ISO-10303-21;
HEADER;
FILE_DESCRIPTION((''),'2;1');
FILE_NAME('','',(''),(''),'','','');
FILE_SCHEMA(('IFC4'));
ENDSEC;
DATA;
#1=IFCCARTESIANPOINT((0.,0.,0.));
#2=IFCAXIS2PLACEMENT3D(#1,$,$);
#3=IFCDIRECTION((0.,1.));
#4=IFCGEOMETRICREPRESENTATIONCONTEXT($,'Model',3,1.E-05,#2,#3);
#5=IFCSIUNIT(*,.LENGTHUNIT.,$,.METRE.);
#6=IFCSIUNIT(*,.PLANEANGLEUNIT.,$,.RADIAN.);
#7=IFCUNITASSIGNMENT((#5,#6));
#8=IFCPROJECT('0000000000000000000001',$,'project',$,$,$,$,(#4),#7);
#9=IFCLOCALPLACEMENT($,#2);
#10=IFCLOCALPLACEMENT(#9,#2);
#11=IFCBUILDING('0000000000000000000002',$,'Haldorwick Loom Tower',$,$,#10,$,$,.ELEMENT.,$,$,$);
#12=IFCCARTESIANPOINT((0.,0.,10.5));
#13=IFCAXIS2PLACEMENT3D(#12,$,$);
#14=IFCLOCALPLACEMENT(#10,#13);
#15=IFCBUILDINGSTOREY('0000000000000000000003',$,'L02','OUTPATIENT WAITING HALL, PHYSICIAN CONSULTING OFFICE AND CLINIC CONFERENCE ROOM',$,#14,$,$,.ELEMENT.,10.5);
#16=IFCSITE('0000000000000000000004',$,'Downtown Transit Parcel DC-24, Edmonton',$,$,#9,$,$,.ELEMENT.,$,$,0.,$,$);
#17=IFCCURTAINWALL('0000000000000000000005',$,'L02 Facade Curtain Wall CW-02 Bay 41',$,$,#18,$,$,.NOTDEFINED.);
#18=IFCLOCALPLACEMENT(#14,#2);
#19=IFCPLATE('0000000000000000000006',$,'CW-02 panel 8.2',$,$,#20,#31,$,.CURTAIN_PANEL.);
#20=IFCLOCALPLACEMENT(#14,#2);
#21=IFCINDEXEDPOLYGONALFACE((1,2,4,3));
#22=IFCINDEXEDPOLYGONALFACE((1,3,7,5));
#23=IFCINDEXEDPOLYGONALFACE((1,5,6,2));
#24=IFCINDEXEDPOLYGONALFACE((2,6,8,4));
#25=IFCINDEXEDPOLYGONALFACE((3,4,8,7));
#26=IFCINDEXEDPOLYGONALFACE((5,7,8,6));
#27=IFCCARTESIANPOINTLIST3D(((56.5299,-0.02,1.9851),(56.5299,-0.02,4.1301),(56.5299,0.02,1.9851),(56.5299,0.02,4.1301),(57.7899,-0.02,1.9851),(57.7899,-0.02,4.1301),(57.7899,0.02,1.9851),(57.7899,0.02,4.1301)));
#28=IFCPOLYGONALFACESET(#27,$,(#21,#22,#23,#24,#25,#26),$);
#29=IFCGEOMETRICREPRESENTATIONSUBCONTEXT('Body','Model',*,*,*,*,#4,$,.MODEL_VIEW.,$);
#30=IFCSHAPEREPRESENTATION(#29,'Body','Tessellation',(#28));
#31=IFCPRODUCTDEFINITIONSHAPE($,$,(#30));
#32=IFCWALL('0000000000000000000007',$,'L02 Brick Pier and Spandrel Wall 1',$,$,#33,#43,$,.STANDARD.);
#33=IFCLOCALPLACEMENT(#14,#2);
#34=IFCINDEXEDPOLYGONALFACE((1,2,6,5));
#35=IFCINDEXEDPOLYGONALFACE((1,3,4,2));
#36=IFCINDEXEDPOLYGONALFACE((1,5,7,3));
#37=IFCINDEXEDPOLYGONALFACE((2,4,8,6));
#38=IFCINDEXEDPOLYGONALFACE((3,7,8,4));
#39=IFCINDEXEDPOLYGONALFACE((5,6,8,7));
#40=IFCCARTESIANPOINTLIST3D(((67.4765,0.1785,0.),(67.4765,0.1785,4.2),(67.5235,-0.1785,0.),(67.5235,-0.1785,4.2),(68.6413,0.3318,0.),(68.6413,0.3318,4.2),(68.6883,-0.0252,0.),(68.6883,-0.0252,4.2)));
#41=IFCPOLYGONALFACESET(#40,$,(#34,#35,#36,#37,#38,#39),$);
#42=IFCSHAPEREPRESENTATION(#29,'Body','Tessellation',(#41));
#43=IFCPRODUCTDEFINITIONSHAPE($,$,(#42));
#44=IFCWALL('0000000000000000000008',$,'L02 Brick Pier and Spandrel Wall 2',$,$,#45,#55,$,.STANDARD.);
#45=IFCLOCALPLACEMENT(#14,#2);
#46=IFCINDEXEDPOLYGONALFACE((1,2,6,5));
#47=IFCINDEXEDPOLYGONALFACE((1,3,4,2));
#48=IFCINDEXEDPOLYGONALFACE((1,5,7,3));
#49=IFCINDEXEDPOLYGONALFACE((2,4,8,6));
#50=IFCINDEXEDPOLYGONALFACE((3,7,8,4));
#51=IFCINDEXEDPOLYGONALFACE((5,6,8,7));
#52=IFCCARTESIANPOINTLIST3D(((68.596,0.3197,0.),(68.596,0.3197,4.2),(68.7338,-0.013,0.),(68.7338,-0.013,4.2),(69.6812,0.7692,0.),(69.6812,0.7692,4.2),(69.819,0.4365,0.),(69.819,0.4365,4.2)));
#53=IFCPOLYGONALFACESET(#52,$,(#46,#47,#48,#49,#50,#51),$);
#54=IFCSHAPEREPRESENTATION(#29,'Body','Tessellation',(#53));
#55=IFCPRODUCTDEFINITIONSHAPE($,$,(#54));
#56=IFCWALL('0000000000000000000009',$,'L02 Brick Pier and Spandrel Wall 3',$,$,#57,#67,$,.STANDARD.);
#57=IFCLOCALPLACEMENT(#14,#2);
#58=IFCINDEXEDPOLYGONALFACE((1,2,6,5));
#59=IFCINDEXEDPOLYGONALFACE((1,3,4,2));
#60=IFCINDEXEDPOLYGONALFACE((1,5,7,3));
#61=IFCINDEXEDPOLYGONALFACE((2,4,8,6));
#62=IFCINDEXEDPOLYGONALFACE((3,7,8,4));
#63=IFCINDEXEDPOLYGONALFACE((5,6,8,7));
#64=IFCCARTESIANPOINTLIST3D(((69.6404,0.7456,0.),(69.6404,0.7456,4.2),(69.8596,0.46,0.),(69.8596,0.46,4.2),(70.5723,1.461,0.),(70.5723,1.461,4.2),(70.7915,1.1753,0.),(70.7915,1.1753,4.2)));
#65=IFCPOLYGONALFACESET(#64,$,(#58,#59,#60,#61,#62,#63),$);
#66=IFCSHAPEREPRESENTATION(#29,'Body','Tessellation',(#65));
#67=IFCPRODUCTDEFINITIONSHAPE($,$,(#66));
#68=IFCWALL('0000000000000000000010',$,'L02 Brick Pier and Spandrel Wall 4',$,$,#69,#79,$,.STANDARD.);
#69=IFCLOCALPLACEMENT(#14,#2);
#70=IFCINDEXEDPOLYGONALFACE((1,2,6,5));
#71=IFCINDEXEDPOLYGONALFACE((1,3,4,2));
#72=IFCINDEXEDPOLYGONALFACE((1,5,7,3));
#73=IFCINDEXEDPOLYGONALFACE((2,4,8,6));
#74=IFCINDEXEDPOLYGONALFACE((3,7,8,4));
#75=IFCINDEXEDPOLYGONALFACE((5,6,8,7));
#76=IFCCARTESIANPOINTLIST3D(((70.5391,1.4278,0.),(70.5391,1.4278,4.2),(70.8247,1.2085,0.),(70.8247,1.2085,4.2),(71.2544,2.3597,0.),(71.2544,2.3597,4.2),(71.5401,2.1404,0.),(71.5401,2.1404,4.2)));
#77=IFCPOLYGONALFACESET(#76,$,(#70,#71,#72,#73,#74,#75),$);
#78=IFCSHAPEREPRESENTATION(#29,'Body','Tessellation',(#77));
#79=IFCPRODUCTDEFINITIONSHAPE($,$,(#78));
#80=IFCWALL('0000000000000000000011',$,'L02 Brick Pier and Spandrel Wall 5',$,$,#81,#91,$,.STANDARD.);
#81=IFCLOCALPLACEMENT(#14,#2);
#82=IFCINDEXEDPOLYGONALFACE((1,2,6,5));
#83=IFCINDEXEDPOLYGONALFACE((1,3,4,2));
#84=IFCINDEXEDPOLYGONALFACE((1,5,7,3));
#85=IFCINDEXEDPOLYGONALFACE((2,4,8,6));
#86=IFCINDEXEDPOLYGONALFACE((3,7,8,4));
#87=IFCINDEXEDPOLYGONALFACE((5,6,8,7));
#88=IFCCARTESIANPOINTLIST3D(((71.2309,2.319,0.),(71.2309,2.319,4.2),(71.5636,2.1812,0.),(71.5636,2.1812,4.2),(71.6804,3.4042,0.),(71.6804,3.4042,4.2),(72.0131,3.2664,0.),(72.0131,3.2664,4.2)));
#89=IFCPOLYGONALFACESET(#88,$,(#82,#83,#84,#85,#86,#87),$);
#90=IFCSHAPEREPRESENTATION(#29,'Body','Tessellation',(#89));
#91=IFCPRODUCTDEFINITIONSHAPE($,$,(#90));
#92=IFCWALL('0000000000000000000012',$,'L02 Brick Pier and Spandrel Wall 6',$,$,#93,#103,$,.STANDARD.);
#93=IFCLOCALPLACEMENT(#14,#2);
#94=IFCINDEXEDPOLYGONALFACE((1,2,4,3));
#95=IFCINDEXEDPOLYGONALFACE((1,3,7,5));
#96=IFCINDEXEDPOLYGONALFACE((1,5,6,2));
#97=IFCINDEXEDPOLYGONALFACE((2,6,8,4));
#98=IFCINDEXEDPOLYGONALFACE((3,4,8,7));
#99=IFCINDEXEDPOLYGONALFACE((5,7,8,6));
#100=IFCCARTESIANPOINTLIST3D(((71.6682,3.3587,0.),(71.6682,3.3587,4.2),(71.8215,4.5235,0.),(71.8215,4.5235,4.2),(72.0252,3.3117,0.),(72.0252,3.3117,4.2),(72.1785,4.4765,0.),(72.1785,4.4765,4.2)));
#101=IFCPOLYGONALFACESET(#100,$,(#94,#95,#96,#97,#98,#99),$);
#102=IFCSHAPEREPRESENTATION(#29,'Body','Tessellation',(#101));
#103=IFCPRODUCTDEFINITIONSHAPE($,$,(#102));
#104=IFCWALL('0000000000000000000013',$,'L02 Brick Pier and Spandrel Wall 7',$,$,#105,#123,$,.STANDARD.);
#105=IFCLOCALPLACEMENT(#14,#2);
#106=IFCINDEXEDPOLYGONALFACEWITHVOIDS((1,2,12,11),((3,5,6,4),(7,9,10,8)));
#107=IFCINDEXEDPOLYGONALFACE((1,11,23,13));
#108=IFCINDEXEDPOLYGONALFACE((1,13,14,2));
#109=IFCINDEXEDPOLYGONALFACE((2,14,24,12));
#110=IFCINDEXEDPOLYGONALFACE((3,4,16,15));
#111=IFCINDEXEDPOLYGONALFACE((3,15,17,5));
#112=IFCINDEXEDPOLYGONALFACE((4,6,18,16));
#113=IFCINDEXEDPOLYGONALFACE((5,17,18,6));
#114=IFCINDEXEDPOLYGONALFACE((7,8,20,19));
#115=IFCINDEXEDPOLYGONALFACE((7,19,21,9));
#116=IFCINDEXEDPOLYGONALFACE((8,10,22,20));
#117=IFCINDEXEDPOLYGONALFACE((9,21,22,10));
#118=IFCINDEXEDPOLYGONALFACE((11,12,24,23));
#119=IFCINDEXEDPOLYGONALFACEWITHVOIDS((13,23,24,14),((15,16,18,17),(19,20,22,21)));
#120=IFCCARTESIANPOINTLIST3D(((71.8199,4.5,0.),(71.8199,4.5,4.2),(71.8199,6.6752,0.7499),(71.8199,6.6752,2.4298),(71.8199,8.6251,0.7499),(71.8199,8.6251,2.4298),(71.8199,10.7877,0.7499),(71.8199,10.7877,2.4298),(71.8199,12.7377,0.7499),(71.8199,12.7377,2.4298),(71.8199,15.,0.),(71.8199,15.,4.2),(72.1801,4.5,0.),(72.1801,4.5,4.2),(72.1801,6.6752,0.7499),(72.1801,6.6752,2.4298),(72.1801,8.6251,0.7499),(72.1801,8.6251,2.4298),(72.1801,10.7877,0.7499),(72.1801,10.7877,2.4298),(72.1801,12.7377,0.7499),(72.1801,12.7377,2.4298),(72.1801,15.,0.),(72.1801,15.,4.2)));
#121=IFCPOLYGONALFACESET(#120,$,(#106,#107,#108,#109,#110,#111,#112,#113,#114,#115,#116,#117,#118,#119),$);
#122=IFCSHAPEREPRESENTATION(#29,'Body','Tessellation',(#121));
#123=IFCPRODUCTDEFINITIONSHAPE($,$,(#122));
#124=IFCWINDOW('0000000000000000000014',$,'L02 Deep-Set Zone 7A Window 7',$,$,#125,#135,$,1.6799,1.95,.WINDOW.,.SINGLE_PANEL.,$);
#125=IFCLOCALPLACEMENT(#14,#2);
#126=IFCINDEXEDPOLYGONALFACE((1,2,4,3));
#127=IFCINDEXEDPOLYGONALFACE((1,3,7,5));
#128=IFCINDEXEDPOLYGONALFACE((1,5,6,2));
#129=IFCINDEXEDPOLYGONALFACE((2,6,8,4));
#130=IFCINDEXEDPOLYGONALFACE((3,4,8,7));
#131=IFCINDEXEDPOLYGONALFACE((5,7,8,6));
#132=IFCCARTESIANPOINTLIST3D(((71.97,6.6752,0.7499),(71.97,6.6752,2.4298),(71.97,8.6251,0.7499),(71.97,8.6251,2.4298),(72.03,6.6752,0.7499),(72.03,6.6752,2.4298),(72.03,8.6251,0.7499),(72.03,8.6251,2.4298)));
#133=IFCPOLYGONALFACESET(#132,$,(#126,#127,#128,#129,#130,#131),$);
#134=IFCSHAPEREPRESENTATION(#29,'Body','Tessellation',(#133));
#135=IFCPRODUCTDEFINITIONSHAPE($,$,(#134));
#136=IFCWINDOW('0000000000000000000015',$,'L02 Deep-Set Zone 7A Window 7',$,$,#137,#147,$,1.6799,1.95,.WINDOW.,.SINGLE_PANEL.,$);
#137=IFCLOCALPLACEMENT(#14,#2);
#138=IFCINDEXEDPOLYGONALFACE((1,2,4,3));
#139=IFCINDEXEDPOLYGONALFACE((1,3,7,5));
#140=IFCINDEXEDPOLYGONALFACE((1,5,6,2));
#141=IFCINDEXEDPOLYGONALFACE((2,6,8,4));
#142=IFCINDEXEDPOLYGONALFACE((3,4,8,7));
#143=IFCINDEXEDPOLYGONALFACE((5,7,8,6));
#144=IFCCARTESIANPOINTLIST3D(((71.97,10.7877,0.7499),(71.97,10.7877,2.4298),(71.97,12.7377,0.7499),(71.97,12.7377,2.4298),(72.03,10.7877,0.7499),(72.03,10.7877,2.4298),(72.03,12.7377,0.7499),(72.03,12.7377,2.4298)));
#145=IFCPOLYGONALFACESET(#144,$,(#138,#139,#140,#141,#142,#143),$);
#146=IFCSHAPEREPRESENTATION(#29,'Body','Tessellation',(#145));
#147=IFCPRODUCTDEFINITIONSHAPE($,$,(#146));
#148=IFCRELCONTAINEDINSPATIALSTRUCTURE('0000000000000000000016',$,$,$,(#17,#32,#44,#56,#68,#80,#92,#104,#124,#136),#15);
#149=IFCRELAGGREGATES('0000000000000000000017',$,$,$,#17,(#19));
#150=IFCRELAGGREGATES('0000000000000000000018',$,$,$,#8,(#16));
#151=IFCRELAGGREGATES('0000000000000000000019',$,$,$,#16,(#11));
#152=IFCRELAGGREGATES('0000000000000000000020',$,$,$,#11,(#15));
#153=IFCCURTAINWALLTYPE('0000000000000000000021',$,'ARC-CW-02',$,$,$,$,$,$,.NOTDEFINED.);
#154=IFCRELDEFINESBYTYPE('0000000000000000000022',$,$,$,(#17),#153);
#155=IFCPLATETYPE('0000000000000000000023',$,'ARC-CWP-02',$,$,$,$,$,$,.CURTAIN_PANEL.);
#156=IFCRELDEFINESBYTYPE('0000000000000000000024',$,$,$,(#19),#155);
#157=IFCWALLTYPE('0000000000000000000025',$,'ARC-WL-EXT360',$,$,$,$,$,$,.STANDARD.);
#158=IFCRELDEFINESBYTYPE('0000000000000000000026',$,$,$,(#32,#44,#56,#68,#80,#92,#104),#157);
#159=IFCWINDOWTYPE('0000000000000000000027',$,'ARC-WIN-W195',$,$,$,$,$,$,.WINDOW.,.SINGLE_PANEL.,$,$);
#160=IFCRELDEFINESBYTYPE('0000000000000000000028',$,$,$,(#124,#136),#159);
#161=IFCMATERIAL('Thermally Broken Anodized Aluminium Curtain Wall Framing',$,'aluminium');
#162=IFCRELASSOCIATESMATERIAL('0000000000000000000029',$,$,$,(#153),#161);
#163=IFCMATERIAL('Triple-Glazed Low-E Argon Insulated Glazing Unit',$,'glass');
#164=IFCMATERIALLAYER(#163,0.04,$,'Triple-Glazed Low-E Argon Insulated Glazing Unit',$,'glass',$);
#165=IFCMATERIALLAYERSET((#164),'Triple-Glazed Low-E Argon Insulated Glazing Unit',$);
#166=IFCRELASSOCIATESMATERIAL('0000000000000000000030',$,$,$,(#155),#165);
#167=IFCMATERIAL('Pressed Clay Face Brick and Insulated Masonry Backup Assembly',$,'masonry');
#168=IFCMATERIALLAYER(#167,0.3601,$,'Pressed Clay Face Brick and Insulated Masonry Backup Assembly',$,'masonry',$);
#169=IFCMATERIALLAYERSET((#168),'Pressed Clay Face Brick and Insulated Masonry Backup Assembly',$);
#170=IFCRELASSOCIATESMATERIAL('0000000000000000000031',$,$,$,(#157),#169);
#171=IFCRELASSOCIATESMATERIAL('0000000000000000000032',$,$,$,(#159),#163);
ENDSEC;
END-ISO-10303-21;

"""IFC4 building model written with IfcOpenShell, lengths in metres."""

from ifc_helpers import new_model, si_unit, direction, frame, frame_2d, origin, origin_2d, place, context, subcontext, project, spatial, rectangle, extrude, material, layer, layer_set, type_object, element, fill, aggregate, save


model = new_model("IFC4")

# Units and contexts
model_context = context("Model", 3, precision=1e-05, world=origin(), true_north=direction((0.0, 1.0)))
body_context = subcontext(model_context, "Body", "Model", "MODEL_VIEW")
ifc_project = project(units=[si_unit("LENGTHUNIT", "METRE"), si_unit("PLANEANGLEUNIT", "RADIAN")], contexts=[model_context])

# Site, building, storey
site_placement = place(None, origin())
site = spatial("IfcSite", under=ifc_project, at=site_placement, Name="Downtown Transit Parcel DC-24, Edmonton", CompositionType="ELEMENT", RefElevation=0.0)
building_placement = place(site_placement, origin())
building = spatial("IfcBuilding", under=site, at=building_placement, Name="Haldorwick Loom Tower", CompositionType="ELEMENT")
storey_placement = place(building_placement, frame((0.0, 0.0, 10.5)))
storey = spatial("IfcBuildingStorey", under=building, at=storey_placement, Name="L02", Description="OUTPATIENT WAITING HALL, PHYSICIAN CONSULTING OFFICE AND CLINIC CONFERENCE ROOM", CompositionType="ELEMENT", Elevation=10.5)

# Curtain wall, plate
ifc_material_1 = material(Name="Thermally Broken Anodized Aluminium Curtain Wall Framing", Category="aluminium")
curtain_wall_type = type_object("IfcCurtainWallType", Name="ARC-CW-02", PredefinedType="NOTDEFINED", material=ifc_material_1)
curtain_wall_placement = place(storey_placement, origin())
curtain_wall = element("IfcCurtainWall", 1, at=curtain_wall_placement, inside=storey, type_object=curtain_wall_type, Name="L02 Facade Curtain Wall CW-02 Bay 41", PredefinedType="NOTDEFINED")
ifc_material_2 = material(Name="Triple-Glazed Low-E Argon Insulated Glazing Unit", Category="glass")
ifc_layer_1 = layer(ifc_material_2, 0.04, Name="Triple-Glazed Low-E Argon Insulated Glazing Unit", Category="glass")
ifc_layer_set_1 = layer_set([ifc_layer_1], Name="Triple-Glazed Low-E Argon Insulated Glazing Unit")
plate_type = type_object("IfcPlateType", Name="ARC-CWP-02", PredefinedType="CURTAIN_PANEL", material=ifc_layer_set_1)
plate_1_placement = place(storey_placement, frame((57.1599, 0.0, 1.9851), z_axis=(0.0, 0.0, 1.0), x_axis=(1.0, 0.0, 0.0)))
plate_1 = element("IfcPlate", 2, at=plate_1_placement, type_object=plate_type, Name="CW-02 panel 8.2", PredefinedType="CURTAIN_PANEL", context=body_context, shape_type="SweptSolid", body=[
    extrude(rectangle(XDim=1.26, YDim=0.04, at=origin_2d()), origin(), (0.0, 0.0, 1.0), 2.145),
])
aggregate(curtain_wall, [plate_1])

# Walls
ifc_material_3 = material(Name="Pressed Clay Face Brick and Insulated Masonry Backup Assembly", Category="masonry")
ifc_layer_2 = layer(ifc_material_3, 0.3601, Name="Pressed Clay Face Brick and Insulated Masonry Backup Assembly", Category="masonry")
ifc_layer_set_2 = layer_set([ifc_layer_2], Name="Pressed Clay Face Brick and Insulated Masonry Backup Assembly")
wall_type = type_object("IfcWallType", Name="ARC-WL-EXT360", PredefinedType="STANDARD", material=ifc_layer_set_2)
wall_1_placement = place(storey_placement, frame((67.5, 0.0, 0.0), z_axis=(0.0, 0.0, 1.0), x_axis=(0.991448, 0.130503, 0.0)))
element("IfcWall", 3, at=wall_1_placement, inside=storey, type_object=wall_type, Name="L02 Brick Pier and Spandrel Wall 1", PredefinedType="STANDARD", context=body_context, shape_type="SweptSolid", body=[
    extrude(rectangle(XDim=1.1748, YDim=0.3601, at=frame_2d((0.5874, 0.0))), origin(), (0.0, 0.0, 1.0), 4.2),
])
wall_2_placement = place(storey_placement, frame((68.6648, 0.1533, 0.0), z_axis=(0.0, 0.0, 1.0), x_axis=(0.923893, 0.382652, 0.0)))
element("IfcWall", 4, at=wall_2_placement, inside=storey, type_object=wall_type, Name="L02 Brick Pier and Spandrel Wall 2", PredefinedType="STANDARD", context=body_context, shape_type="SweptSolid", body=[
    extrude(rectangle(XDim=1.1746, YDim=0.3601, at=frame_2d((0.5874, 0.0))), origin(), (0.0, 0.0, 1.0), 4.2),
])
for number, where, z_axis, x_axis, name in (
    (5, (69.75, 0.6028, 0.0), (0.0, 0.0, 1.0), (0.793242, 0.608907, 0.0), "L02 Brick Pier and Spandrel Wall 3"),
    (6, (70.6819, 1.3181, 0.0), (0.0, 0.0, 1.0), (0.608907, 0.793242, 0.0), "L02 Brick Pier and Spandrel Wall 4"),
):
    element("IfcWall", number, at=place(storey_placement, frame(where, z_axis=z_axis, x_axis=x_axis)), inside=storey, type_object=wall_type, Name=name, PredefinedType="STANDARD", context=body_context, shape_type="SweptSolid", body=[
        extrude(rectangle(XDim=1.1748, YDim=0.3601, at=frame_2d((0.5874, 0.0))), origin(), (0.0, 0.0, 1.0), 4.2),
    ])
wall_3_placement = place(storey_placement, frame((71.3972, 2.25, 0.0), z_axis=(0.0, 0.0, 1.0), x_axis=(0.382652, 0.923893, 0.0)))
element("IfcWall", 7, at=wall_3_placement, inside=storey, type_object=wall_type, Name="L02 Brick Pier and Spandrel Wall 5", PredefinedType="STANDARD", context=body_context, shape_type="SweptSolid", body=[
    extrude(rectangle(XDim=1.1746, YDim=0.3601, at=frame_2d((0.5874, 0.0))), origin(), (0.0, 0.0, 1.0), 4.2),
])
wall_4_placement = place(storey_placement, frame((71.8467, 3.3352, 0.0), z_axis=(0.0, 0.0, 1.0), x_axis=(0.130503, 0.991448, 0.0)))
element("IfcWall", 8, at=wall_4_placement, inside=storey, type_object=wall_type, Name="L02 Brick Pier and Spandrel Wall 6", PredefinedType="STANDARD", context=body_context, shape_type="SweptSolid", body=[
    extrude(rectangle(XDim=1.1748, YDim=0.3601, at=frame_2d((0.5874, 0.0))), origin(), (0.0, 0.0, 1.0), 4.2),
])

# Wall, openings, windows
wall_5_placement = place(storey_placement, frame((72.0, 4.5, 0.0), z_axis=(0.0, 0.0, 1.0), x_axis=(0.0, 1.0, 0.0)))
wall_5 = element("IfcWall", 9, at=wall_5_placement, inside=storey, type_object=wall_type, Name="L02 Brick Pier and Spandrel Wall 7", PredefinedType="STANDARD", context=body_context, shape_type="SweptSolid", body=[
    extrude(rectangle(XDim=10.5, YDim=0.3601, at=frame_2d((5.25, 0.0))), origin(), (0.0, 0.0, 1.0), 4.2),
])
opening_1_placement = place(wall_5_placement, frame((2.175, 0.0, 0.75)))
opening_1 = element("IfcOpeningElement", 10, at=opening_1_placement, cuts=wall_5, PredefinedType="OPENING", context=body_context, shape_type="SweptSolid", body=[
    extrude(rectangle(XDim=1.95, YDim=1.6799, at=frame_2d((0.9751, 0.8398))), frame((0.0, 0.1899, 0.0), z_axis=(0.0, -1.0, 0.0), x_axis=(1.0, 0.0, 0.0)), (0.0, 0.0, 1.0), 0.3801),
])
opening_2_placement = place(wall_5_placement, frame((6.2876, 0.0, 0.75)))
opening_2 = element("IfcOpeningElement", 11, at=opening_2_placement, cuts=wall_5, PredefinedType="OPENING", context=body_context, shape_type="SweptSolid", body=[
    extrude(rectangle(XDim=1.95, YDim=1.6799, at=frame_2d((0.9751, 0.8398))), frame((0.0, 0.1899, 0.0), z_axis=(0.0, -1.0, 0.0), x_axis=(1.0, 0.0, 0.0)), (0.0, 0.0, 1.0), 0.3801),
])
window_type = type_object("IfcWindowType", Name="ARC-WIN-W195", PartitioningType="SINGLE_PANEL", PredefinedType="WINDOW", material=ifc_material_2)
window_1_placement = place(opening_1_placement, origin())
window_1 = element("IfcWindow", 12, at=window_1_placement, inside=storey, type_object=window_type, Name="L02 Deep-Set Zone 7A Window 7", OverallHeight=1.6799, OverallWidth=1.95, PartitioningType="SINGLE_PANEL", PredefinedType="WINDOW", context=body_context, shape_type="SweptSolid", body=[
    extrude(rectangle(XDim=1.95, YDim=1.6799, at=frame_2d((0.9751, 0.8398))), frame((0.0, 0.03, 0.0), z_axis=(0.0, -1.0, 0.0), x_axis=(1.0, 0.0, 0.0)), (0.0, 0.0, 1.0), 0.0601),
])
fill(opening_1, window_1)
window_2_placement = place(opening_2_placement, origin())
window_2 = element("IfcWindow", 13, at=window_2_placement, inside=storey, type_object=window_type, Name="L02 Deep-Set Zone 7A Window 7", OverallHeight=1.6799, OverallWidth=1.95, PartitioningType="SINGLE_PANEL", PredefinedType="WINDOW", context=body_context, shape_type="SweptSolid", body=[
    extrude(rectangle(XDim=1.95, YDim=1.6799, at=frame_2d((0.9751, 0.8398))), frame((0.0, 0.03, 0.0), z_axis=(0.0, -1.0, 0.0), x_axis=(1.0, 0.0, 0.0)), (0.0, 0.0, 1.0), 0.0601),
])
fill(opening_2, window_2)

save(model, "model.ifc")
